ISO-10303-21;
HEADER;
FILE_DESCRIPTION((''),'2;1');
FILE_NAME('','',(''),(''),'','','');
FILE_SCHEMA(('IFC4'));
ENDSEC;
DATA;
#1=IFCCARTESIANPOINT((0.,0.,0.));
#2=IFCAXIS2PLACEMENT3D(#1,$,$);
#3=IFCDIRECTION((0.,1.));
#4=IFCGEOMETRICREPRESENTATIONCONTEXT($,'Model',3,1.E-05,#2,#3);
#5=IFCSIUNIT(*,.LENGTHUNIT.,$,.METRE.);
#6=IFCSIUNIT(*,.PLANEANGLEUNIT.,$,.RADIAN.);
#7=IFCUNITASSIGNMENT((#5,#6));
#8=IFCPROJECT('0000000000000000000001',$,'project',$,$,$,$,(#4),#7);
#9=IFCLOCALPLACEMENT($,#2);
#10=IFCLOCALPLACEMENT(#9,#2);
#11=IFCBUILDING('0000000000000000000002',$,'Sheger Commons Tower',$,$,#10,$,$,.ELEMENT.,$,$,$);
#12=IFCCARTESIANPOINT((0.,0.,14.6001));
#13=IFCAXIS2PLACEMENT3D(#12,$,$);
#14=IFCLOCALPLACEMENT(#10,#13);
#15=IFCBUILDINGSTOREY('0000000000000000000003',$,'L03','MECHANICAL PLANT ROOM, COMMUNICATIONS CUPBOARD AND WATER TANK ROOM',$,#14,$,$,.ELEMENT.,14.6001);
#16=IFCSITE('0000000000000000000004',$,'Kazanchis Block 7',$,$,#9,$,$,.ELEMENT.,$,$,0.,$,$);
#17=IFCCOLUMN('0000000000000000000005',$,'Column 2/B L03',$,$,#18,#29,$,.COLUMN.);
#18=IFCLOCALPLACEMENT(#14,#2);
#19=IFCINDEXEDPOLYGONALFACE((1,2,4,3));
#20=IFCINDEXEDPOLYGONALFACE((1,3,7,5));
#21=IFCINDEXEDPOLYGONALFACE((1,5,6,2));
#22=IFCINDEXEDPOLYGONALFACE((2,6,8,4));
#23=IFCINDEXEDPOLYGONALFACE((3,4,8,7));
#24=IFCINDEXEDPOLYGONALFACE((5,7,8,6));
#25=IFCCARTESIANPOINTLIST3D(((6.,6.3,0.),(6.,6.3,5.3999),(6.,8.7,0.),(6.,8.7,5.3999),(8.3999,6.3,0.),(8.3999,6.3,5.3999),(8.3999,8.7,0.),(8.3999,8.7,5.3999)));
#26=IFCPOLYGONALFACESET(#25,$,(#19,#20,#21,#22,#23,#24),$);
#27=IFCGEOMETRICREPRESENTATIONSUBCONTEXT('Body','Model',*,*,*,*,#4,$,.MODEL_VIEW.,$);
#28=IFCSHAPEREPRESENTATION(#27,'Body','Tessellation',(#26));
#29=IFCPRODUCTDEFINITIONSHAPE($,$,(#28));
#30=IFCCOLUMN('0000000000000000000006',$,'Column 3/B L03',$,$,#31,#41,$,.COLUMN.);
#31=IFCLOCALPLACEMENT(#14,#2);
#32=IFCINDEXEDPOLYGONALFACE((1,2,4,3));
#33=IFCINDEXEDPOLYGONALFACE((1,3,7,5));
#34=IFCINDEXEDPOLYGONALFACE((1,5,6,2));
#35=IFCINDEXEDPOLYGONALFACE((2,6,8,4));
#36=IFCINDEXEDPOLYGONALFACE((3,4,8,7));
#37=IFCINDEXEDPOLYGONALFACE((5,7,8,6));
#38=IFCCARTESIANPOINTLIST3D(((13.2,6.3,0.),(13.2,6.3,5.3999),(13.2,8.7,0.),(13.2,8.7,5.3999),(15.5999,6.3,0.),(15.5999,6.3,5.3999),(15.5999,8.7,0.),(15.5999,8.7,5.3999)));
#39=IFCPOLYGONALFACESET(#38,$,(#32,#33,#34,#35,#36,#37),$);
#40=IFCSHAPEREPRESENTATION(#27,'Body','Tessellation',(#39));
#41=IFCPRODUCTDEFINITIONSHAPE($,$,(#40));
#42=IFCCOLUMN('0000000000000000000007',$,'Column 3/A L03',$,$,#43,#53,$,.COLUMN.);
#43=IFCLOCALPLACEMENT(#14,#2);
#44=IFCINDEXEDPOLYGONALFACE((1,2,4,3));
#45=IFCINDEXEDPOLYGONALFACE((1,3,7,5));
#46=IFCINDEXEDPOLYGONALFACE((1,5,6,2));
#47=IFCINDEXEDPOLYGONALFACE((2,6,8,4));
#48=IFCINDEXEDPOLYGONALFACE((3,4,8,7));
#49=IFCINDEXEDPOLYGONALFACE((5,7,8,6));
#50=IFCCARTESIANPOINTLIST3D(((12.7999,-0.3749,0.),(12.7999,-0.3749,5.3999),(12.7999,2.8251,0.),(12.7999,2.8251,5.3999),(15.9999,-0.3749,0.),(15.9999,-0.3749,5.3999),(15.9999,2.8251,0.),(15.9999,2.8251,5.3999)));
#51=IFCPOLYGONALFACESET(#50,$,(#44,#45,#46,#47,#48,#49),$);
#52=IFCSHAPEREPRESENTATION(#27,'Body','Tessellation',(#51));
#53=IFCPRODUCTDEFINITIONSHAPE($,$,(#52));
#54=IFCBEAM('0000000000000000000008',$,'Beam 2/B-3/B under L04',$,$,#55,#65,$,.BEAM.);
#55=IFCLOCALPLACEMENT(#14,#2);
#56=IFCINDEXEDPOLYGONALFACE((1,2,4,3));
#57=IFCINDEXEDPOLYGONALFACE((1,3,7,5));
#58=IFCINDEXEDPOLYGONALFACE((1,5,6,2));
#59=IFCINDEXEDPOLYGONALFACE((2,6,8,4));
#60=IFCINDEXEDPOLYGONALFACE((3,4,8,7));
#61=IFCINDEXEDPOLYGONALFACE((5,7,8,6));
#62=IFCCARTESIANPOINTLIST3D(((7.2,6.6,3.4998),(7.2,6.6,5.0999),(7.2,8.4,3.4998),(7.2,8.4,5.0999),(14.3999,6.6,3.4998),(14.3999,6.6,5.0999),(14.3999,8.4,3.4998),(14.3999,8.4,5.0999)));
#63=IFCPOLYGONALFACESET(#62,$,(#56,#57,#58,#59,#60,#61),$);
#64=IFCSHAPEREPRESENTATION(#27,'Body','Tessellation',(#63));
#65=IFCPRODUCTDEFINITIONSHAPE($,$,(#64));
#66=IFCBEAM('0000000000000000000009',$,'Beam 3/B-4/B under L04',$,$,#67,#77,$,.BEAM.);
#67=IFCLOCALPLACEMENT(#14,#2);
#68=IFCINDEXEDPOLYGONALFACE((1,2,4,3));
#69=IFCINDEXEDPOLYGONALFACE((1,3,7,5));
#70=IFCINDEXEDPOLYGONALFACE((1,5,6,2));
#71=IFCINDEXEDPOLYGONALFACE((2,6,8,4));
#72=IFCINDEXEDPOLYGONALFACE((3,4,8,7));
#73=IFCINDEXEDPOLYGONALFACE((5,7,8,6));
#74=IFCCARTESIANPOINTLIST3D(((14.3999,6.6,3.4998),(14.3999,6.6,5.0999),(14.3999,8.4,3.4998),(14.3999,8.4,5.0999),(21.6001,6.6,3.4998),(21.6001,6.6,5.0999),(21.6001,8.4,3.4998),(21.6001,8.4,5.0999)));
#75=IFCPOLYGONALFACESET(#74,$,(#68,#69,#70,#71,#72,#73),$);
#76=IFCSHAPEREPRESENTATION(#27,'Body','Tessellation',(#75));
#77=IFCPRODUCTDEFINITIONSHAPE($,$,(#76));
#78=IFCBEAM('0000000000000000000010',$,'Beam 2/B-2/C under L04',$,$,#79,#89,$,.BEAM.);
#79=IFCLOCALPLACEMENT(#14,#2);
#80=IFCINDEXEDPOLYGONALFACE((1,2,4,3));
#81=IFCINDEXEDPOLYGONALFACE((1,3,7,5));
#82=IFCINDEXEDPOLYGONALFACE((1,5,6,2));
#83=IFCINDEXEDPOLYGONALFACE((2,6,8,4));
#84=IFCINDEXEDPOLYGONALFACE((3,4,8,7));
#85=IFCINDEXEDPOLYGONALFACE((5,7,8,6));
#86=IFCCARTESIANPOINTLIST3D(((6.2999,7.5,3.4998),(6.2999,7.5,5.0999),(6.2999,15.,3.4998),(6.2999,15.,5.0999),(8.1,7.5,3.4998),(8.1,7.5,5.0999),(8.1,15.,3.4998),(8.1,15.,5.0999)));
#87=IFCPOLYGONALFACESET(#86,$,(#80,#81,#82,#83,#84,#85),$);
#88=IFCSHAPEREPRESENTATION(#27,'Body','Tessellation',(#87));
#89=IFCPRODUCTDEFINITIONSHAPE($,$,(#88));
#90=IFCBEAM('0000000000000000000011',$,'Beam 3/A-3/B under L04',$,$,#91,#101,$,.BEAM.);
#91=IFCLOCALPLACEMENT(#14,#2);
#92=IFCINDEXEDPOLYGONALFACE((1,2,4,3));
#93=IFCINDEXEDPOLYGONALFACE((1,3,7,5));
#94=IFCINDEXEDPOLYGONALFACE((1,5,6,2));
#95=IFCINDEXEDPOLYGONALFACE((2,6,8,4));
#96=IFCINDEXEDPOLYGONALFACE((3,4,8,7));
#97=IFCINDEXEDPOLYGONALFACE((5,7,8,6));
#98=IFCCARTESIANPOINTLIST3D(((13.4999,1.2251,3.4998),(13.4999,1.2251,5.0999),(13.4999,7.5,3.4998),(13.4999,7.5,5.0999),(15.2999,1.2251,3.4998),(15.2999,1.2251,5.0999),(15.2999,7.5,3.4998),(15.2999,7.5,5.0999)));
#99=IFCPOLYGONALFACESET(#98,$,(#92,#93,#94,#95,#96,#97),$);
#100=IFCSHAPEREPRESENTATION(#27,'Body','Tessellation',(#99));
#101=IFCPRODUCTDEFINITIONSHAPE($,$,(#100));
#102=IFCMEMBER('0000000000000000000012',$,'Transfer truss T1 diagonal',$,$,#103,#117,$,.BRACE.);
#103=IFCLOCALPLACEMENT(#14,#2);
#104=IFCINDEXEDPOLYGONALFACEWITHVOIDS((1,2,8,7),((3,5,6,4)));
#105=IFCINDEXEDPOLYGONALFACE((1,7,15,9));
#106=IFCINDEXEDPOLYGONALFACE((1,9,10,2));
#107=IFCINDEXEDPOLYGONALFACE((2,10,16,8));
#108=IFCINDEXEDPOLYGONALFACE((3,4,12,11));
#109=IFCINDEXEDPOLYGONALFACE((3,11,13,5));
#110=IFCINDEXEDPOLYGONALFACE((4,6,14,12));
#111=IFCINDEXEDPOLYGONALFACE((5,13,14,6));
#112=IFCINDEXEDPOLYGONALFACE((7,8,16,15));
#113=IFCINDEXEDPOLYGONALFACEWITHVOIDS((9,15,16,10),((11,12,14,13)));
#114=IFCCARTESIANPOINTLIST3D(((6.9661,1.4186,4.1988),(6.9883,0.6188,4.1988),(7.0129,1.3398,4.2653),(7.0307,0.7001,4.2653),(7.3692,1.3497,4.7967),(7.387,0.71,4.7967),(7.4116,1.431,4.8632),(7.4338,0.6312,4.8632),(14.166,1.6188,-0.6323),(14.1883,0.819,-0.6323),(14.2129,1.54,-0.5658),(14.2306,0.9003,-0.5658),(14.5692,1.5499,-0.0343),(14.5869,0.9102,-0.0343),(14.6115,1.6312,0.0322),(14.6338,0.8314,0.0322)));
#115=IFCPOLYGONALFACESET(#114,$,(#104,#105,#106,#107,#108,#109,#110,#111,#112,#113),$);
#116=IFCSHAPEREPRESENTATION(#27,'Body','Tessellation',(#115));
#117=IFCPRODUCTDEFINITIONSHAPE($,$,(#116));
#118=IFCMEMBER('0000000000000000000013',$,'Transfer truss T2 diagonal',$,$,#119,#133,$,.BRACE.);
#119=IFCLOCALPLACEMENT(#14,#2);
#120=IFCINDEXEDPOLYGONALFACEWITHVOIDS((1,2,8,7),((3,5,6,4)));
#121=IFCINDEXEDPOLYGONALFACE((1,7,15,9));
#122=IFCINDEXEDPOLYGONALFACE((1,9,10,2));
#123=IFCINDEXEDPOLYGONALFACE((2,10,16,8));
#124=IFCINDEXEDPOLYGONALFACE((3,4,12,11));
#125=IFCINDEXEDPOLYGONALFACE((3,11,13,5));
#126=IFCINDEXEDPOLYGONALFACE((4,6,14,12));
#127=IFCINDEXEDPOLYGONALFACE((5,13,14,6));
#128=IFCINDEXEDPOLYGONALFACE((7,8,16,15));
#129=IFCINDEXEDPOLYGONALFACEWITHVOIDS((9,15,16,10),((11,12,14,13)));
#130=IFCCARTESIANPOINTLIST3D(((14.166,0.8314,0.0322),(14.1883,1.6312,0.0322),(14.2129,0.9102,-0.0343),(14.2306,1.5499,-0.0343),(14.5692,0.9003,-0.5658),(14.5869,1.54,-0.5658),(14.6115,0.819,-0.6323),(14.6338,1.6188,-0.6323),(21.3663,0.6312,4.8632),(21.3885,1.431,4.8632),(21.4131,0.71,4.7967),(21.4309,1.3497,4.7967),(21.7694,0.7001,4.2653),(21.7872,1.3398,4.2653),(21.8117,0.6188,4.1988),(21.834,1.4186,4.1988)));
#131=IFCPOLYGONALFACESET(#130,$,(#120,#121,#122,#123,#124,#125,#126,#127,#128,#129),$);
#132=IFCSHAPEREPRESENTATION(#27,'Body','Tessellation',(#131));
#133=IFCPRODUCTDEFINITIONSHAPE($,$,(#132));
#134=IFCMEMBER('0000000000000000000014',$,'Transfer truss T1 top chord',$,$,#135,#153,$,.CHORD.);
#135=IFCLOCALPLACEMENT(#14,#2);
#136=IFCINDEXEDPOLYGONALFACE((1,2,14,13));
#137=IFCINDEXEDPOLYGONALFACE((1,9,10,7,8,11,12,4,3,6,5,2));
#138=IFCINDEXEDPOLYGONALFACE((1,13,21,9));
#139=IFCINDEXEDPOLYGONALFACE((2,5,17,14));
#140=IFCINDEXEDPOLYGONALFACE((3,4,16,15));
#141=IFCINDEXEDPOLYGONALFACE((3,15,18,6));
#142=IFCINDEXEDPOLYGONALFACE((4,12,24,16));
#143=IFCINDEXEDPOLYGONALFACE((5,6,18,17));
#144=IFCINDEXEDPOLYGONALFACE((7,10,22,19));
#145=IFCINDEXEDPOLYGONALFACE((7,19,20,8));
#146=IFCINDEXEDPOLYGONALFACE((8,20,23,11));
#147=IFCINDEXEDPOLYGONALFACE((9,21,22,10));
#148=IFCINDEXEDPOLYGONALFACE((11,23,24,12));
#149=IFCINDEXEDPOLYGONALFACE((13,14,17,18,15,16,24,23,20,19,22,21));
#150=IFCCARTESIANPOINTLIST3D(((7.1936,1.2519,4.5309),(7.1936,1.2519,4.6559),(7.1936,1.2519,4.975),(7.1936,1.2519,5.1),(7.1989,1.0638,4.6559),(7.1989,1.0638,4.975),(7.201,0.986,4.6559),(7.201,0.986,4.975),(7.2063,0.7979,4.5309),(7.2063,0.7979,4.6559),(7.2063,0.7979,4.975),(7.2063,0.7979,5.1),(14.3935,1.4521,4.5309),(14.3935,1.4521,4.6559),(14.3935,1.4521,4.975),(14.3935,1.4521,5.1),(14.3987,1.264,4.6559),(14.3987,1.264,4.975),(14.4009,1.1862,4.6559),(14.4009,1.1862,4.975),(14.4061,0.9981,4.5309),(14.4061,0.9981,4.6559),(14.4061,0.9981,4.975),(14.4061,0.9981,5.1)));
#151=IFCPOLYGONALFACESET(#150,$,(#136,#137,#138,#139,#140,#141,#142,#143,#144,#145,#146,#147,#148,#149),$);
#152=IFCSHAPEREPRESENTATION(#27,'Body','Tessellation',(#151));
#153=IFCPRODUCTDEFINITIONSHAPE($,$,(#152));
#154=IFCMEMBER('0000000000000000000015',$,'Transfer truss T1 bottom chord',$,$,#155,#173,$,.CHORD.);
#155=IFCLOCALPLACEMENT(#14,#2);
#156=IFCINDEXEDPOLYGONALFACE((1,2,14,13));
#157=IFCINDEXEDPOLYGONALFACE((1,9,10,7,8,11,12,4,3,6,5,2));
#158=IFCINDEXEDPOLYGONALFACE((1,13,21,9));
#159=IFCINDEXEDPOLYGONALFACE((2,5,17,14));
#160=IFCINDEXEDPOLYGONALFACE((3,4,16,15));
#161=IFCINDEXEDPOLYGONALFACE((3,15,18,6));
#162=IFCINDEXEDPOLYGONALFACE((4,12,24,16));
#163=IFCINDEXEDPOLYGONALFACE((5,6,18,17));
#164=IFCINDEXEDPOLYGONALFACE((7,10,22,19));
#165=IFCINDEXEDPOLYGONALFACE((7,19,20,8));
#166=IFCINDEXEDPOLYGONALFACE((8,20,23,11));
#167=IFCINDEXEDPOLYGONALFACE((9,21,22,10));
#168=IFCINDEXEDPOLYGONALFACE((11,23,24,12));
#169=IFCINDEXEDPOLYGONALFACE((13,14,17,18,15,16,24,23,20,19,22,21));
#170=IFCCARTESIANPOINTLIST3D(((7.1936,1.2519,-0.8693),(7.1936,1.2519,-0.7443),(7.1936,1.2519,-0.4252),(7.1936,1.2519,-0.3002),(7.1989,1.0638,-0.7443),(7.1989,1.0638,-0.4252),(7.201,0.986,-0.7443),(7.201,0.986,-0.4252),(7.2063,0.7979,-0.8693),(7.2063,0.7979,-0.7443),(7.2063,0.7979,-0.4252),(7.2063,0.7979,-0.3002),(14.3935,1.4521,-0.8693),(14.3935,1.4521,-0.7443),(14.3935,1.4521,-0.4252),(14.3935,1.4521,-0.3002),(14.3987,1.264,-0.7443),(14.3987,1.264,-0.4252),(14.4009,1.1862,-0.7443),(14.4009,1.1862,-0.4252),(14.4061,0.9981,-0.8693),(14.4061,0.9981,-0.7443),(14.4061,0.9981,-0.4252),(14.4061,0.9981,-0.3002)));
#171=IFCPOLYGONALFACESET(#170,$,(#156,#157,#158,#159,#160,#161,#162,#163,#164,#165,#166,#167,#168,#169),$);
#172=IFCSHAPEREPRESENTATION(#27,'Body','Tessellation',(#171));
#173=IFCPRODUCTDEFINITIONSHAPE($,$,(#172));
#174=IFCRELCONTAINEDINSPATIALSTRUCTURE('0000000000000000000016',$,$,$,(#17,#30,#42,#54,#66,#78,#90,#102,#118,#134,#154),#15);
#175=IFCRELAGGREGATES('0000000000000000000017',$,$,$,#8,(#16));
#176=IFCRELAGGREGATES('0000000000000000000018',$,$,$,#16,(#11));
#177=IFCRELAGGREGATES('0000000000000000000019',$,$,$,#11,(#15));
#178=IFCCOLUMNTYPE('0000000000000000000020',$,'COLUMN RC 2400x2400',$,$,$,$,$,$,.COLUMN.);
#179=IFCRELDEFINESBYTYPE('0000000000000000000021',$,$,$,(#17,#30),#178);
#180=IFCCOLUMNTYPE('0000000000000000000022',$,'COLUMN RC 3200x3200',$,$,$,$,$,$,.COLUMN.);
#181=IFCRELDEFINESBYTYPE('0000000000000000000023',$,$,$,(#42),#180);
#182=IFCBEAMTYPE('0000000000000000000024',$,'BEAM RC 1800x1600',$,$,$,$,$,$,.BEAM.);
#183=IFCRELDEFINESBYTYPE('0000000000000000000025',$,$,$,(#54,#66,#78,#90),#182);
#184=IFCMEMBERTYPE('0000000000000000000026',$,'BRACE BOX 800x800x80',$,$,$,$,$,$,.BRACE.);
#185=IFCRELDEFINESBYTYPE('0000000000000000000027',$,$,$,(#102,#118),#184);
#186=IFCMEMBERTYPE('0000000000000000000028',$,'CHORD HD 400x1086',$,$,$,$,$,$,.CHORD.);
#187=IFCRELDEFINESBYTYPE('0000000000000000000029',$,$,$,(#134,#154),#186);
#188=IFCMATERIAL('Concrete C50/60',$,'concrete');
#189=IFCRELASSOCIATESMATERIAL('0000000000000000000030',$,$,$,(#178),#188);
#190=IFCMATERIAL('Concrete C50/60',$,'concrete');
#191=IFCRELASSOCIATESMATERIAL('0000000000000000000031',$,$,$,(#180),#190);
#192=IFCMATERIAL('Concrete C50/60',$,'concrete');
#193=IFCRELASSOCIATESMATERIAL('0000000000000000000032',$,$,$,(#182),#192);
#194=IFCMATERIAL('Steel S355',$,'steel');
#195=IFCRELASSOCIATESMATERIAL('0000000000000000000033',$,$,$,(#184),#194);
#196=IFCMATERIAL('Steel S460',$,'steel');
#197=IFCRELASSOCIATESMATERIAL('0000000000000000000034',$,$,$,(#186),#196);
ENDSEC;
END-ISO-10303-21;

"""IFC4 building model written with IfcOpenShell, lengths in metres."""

from ifc_helpers import new_model, si_unit, direction, frame, origin, origin_2d, place, context, subcontext, project, spatial, rectangle, hollow_rectangle, i_section, extrude, material, material_profile, profile_set, type_object, element, save


model = new_model("IFC4")

# Units and contexts
model_context = context("Model", 3, precision=1e-05, world=origin(), true_north=direction((0.0, 1.0)))
body_context = subcontext(model_context, "Body", "Model", "MODEL_VIEW")
ifc_project = project(units=[si_unit("LENGTHUNIT", "METRE"), si_unit("PLANEANGLEUNIT", "RADIAN")], contexts=[model_context])

# Site, building, storey
site_placement = place(None, origin())
site = spatial("IfcSite", under=ifc_project, at=site_placement, Name="Kazanchis Block 7", CompositionType="ELEMENT", RefElevation=0.0)
building_placement = place(site_placement, origin())
building = spatial("IfcBuilding", under=site, at=building_placement, Name="Sheger Commons Tower", CompositionType="ELEMENT")
storey_placement = place(building_placement, frame((0.0, 0.0, 14.6001)))
storey = spatial("IfcBuildingStorey", under=building, at=storey_placement, Name="L03", Description="MECHANICAL PLANT ROOM, COMMUNICATIONS CUPBOARD AND WATER TANK ROOM", CompositionType="ELEMENT", Elevation=14.6001)

# Columns
ifc_material_1 = material(Name="Concrete C50/60", Category="concrete")
ifc_material_profile_1 = material_profile(ifc_material_1, rectangle(XDim=2.3999, YDim=2.3999, at=origin_2d()), Name="RC 2400x2400")
ifc_profile_set_1 = profile_set([ifc_material_profile_1], Name="Concrete C50/60")
column_type_1 = type_object("IfcColumnType", Name="COLUMN RC 2400x2400", PredefinedType="COLUMN", material=ifc_profile_set_1)
for number, where, z_axis, x_axis, name in (
    (1, (7.2, 7.5, 0.0), (0.0, 0.0, 1.0), (1.0, 0.0, 0.0), "Column 2/B L03"),
    (2, (14.3999, 7.5, 0.0), (0.0, 0.0, 1.0), (1.0, 0.0, 0.0), "Column 3/B L03"),
):
    element("IfcColumn", number, at=place(storey_placement, frame(where, z_axis=z_axis, x_axis=x_axis)), inside=storey, type_object=column_type_1, Name=name, PredefinedType="COLUMN", context=body_context, shape_type="SweptSolid", body=[
        extrude(rectangle(XDim=2.3999, YDim=2.3999, at=origin_2d()), origin(), (0.0, 0.0, 1.0), 5.3999),
    ])
ifc_material_2 = material(Name="Concrete C50/60", Category="concrete")
ifc_material_profile_2 = material_profile(ifc_material_2, rectangle(XDim=3.2, YDim=3.2, at=origin_2d()), Name="RC 3200x3200")
ifc_profile_set_2 = profile_set([ifc_material_profile_2], Name="Concrete C50/60")
column_type_2 = type_object("IfcColumnType", Name="COLUMN RC 3200x3200", PredefinedType="COLUMN", material=ifc_profile_set_2)
column_placement = place(storey_placement, frame((14.3999, 1.2251, 0.0), z_axis=(0.0, 0.0, 1.0), x_axis=(1.0, 0.0, 0.0)))
element("IfcColumn", 3, at=column_placement, inside=storey, type_object=column_type_2, Name="Column 3/A L03", PredefinedType="COLUMN", context=body_context, shape_type="SweptSolid", body=[
    extrude(rectangle(XDim=3.2, YDim=3.2, at=origin_2d()), origin(), (0.0, 0.0, 1.0), 5.3999),
])

# Beams
ifc_material_3 = material(Name="Concrete C50/60", Category="concrete")
ifc_material_profile_3 = material_profile(ifc_material_3, rectangle(XDim=1.8, YDim=1.6001, at=origin_2d()), Name="RC 1800x1600")
ifc_profile_set_3 = profile_set([ifc_material_profile_3], Name="Concrete C50/60")
beam_type = type_object("IfcBeamType", Name="BEAM RC 1800x1600", PredefinedType="BEAM", material=ifc_profile_set_3)
beam_1_placement = place(storey_placement, frame((7.2, 7.5, 4.2998), z_axis=(1.0, 0.0, 0.0), x_axis=(0.0, 1.0, 0.0)))
element("IfcBeam", 4, at=beam_1_placement, inside=storey, type_object=beam_type, Name="Beam 2/B-3/B under L04", PredefinedType="BEAM", context=body_context, shape_type="SweptSolid", body=[
    extrude(rectangle(XDim=1.8, YDim=1.6001, at=origin_2d()), origin(), (0.0, 0.0, 1.0), 7.2),
])
beam_2_placement = place(storey_placement, frame((14.3999, 7.5, 4.2998), z_axis=(1.0, 0.0, 0.0), x_axis=(0.0, 1.0, 0.0)))
element("IfcBeam", 5, at=beam_2_placement, inside=storey, type_object=beam_type, Name="Beam 3/B-4/B under L04", PredefinedType="BEAM", context=body_context, shape_type="SweptSolid", body=[
    extrude(rectangle(XDim=1.8, YDim=1.6001, at=origin_2d()), origin(), (0.0, 0.0, 1.0), 7.2002),
])
beam_3_placement = place(storey_placement, frame((7.2, 7.5, 4.2998), z_axis=(0.0, 1.0, 0.0), x_axis=(-1.0, 0.0, 0.0)))
element("IfcBeam", 6, at=beam_3_placement, inside=storey, type_object=beam_type, Name="Beam 2/B-2/C under L04", PredefinedType="BEAM", context=body_context, shape_type="SweptSolid", body=[
    extrude(rectangle(XDim=1.8, YDim=1.6001, at=origin_2d()), origin(), (0.0, 0.0, 1.0), 7.5),
])
beam_4_placement = place(storey_placement, frame((14.3999, 1.2251, 4.2998), z_axis=(0.0, 1.0, 0.0), x_axis=(-1.0, 0.0, 0.0)))
element("IfcBeam", 7, at=beam_4_placement, inside=storey, type_object=beam_type, Name="Beam 3/A-3/B under L04", PredefinedType="BEAM", context=body_context, shape_type="SweptSolid", body=[
    extrude(rectangle(XDim=1.8, YDim=1.6001, at=origin_2d()), origin(), (0.0, 0.0, 1.0), 6.2749),
])

# Members
ifc_material_4 = material(Name="Steel S355", Category="steel")
ifc_material_profile_4 = material_profile(ifc_material_4, hollow_rectangle(XDim=0.8, YDim=0.8, WallThickness=0.0801, at=origin_2d()), Name="BOX 800x800x80")
ifc_profile_set_4 = profile_set([ifc_material_profile_4], Name="Steel S355")
member_type_1 = type_object("IfcMemberType", Name="BRACE BOX 800x800x80", PredefinedType="BRACE", material=ifc_profile_set_4)
member_1_placement = place(storey_placement, frame((14.3999, 1.2251, -0.3), z_axis=(-0.830171, -0.023083, 0.557031), x_axis=(0.027794, -0.999614, 0.0)))
element("IfcMember", 8, at=member_1_placement, inside=storey, type_object=member_type_1, Name="Transfer truss T1 diagonal", PredefinedType="BRACE", context=body_context, shape_type="SweptSolid", body=[
    extrude(hollow_rectangle(XDim=0.8, YDim=0.8, WallThickness=0.0801, at=origin_2d()), origin(), (0.0, 0.0, 1.0), 8.6729),
])
member_2_placement = place(storey_placement, frame((14.3999, 1.2251, -0.3), z_axis=(0.830179, -0.023082, 0.557018), x_axis=(0.027793, 0.999614, 0.0)))
element("IfcMember", 9, at=member_2_placement, inside=storey, type_object=member_type_1, Name="Transfer truss T2 diagonal", PredefinedType="BRACE", context=body_context, shape_type="SweptSolid", body=[
    extrude(hollow_rectangle(XDim=0.8, YDim=0.8, WallThickness=0.0801, at=origin_2d()), origin(), (0.0, 0.0, 1.0), 8.6731),
])
ifc_material_5 = material(Name="Steel S460", Category="steel")
ifc_material_profile_5 = material_profile(ifc_material_5, i_section(OverallWidth=0.4541, OverallDepth=0.5691, WebThickness=0.0779, FlangeThickness=0.125, at=origin_2d()), Name="HD 400x1086")
ifc_profile_set_5 = profile_set([ifc_material_profile_5], Name="Steel S460")
member_type_2 = type_object("IfcMemberType", Name="CHORD HD 400x1086", PredefinedType="CHORD", material=ifc_profile_set_5)
for number, where, z_axis, x_axis, name in (
    (10, (7.2, 1.0249, 4.8154), (0.999614, 0.027794, 0.0), (-0.027794, 0.999614, 0.0), "Transfer truss T1 top chord"),
    (11, (7.2, 1.0249, -0.5847), (0.999614, 0.027794, 0.0), (-0.027794, 0.999614, 0.0), "Transfer truss T1 bottom chord"),
):
    element("IfcMember", number, at=place(storey_placement, frame(where, z_axis=z_axis, x_axis=x_axis)), inside=storey, type_object=member_type_2, Name=name, PredefinedType="CHORD", context=body_context, shape_type="SweptSolid", body=[
        extrude(i_section(OverallWidth=0.4541, OverallDepth=0.5691, WebThickness=0.0779, FlangeThickness=0.125, at=origin_2d()), origin(), (0.0, 0.0, 1.0), 7.2026),
    ])

save(model, "model.ifc")
